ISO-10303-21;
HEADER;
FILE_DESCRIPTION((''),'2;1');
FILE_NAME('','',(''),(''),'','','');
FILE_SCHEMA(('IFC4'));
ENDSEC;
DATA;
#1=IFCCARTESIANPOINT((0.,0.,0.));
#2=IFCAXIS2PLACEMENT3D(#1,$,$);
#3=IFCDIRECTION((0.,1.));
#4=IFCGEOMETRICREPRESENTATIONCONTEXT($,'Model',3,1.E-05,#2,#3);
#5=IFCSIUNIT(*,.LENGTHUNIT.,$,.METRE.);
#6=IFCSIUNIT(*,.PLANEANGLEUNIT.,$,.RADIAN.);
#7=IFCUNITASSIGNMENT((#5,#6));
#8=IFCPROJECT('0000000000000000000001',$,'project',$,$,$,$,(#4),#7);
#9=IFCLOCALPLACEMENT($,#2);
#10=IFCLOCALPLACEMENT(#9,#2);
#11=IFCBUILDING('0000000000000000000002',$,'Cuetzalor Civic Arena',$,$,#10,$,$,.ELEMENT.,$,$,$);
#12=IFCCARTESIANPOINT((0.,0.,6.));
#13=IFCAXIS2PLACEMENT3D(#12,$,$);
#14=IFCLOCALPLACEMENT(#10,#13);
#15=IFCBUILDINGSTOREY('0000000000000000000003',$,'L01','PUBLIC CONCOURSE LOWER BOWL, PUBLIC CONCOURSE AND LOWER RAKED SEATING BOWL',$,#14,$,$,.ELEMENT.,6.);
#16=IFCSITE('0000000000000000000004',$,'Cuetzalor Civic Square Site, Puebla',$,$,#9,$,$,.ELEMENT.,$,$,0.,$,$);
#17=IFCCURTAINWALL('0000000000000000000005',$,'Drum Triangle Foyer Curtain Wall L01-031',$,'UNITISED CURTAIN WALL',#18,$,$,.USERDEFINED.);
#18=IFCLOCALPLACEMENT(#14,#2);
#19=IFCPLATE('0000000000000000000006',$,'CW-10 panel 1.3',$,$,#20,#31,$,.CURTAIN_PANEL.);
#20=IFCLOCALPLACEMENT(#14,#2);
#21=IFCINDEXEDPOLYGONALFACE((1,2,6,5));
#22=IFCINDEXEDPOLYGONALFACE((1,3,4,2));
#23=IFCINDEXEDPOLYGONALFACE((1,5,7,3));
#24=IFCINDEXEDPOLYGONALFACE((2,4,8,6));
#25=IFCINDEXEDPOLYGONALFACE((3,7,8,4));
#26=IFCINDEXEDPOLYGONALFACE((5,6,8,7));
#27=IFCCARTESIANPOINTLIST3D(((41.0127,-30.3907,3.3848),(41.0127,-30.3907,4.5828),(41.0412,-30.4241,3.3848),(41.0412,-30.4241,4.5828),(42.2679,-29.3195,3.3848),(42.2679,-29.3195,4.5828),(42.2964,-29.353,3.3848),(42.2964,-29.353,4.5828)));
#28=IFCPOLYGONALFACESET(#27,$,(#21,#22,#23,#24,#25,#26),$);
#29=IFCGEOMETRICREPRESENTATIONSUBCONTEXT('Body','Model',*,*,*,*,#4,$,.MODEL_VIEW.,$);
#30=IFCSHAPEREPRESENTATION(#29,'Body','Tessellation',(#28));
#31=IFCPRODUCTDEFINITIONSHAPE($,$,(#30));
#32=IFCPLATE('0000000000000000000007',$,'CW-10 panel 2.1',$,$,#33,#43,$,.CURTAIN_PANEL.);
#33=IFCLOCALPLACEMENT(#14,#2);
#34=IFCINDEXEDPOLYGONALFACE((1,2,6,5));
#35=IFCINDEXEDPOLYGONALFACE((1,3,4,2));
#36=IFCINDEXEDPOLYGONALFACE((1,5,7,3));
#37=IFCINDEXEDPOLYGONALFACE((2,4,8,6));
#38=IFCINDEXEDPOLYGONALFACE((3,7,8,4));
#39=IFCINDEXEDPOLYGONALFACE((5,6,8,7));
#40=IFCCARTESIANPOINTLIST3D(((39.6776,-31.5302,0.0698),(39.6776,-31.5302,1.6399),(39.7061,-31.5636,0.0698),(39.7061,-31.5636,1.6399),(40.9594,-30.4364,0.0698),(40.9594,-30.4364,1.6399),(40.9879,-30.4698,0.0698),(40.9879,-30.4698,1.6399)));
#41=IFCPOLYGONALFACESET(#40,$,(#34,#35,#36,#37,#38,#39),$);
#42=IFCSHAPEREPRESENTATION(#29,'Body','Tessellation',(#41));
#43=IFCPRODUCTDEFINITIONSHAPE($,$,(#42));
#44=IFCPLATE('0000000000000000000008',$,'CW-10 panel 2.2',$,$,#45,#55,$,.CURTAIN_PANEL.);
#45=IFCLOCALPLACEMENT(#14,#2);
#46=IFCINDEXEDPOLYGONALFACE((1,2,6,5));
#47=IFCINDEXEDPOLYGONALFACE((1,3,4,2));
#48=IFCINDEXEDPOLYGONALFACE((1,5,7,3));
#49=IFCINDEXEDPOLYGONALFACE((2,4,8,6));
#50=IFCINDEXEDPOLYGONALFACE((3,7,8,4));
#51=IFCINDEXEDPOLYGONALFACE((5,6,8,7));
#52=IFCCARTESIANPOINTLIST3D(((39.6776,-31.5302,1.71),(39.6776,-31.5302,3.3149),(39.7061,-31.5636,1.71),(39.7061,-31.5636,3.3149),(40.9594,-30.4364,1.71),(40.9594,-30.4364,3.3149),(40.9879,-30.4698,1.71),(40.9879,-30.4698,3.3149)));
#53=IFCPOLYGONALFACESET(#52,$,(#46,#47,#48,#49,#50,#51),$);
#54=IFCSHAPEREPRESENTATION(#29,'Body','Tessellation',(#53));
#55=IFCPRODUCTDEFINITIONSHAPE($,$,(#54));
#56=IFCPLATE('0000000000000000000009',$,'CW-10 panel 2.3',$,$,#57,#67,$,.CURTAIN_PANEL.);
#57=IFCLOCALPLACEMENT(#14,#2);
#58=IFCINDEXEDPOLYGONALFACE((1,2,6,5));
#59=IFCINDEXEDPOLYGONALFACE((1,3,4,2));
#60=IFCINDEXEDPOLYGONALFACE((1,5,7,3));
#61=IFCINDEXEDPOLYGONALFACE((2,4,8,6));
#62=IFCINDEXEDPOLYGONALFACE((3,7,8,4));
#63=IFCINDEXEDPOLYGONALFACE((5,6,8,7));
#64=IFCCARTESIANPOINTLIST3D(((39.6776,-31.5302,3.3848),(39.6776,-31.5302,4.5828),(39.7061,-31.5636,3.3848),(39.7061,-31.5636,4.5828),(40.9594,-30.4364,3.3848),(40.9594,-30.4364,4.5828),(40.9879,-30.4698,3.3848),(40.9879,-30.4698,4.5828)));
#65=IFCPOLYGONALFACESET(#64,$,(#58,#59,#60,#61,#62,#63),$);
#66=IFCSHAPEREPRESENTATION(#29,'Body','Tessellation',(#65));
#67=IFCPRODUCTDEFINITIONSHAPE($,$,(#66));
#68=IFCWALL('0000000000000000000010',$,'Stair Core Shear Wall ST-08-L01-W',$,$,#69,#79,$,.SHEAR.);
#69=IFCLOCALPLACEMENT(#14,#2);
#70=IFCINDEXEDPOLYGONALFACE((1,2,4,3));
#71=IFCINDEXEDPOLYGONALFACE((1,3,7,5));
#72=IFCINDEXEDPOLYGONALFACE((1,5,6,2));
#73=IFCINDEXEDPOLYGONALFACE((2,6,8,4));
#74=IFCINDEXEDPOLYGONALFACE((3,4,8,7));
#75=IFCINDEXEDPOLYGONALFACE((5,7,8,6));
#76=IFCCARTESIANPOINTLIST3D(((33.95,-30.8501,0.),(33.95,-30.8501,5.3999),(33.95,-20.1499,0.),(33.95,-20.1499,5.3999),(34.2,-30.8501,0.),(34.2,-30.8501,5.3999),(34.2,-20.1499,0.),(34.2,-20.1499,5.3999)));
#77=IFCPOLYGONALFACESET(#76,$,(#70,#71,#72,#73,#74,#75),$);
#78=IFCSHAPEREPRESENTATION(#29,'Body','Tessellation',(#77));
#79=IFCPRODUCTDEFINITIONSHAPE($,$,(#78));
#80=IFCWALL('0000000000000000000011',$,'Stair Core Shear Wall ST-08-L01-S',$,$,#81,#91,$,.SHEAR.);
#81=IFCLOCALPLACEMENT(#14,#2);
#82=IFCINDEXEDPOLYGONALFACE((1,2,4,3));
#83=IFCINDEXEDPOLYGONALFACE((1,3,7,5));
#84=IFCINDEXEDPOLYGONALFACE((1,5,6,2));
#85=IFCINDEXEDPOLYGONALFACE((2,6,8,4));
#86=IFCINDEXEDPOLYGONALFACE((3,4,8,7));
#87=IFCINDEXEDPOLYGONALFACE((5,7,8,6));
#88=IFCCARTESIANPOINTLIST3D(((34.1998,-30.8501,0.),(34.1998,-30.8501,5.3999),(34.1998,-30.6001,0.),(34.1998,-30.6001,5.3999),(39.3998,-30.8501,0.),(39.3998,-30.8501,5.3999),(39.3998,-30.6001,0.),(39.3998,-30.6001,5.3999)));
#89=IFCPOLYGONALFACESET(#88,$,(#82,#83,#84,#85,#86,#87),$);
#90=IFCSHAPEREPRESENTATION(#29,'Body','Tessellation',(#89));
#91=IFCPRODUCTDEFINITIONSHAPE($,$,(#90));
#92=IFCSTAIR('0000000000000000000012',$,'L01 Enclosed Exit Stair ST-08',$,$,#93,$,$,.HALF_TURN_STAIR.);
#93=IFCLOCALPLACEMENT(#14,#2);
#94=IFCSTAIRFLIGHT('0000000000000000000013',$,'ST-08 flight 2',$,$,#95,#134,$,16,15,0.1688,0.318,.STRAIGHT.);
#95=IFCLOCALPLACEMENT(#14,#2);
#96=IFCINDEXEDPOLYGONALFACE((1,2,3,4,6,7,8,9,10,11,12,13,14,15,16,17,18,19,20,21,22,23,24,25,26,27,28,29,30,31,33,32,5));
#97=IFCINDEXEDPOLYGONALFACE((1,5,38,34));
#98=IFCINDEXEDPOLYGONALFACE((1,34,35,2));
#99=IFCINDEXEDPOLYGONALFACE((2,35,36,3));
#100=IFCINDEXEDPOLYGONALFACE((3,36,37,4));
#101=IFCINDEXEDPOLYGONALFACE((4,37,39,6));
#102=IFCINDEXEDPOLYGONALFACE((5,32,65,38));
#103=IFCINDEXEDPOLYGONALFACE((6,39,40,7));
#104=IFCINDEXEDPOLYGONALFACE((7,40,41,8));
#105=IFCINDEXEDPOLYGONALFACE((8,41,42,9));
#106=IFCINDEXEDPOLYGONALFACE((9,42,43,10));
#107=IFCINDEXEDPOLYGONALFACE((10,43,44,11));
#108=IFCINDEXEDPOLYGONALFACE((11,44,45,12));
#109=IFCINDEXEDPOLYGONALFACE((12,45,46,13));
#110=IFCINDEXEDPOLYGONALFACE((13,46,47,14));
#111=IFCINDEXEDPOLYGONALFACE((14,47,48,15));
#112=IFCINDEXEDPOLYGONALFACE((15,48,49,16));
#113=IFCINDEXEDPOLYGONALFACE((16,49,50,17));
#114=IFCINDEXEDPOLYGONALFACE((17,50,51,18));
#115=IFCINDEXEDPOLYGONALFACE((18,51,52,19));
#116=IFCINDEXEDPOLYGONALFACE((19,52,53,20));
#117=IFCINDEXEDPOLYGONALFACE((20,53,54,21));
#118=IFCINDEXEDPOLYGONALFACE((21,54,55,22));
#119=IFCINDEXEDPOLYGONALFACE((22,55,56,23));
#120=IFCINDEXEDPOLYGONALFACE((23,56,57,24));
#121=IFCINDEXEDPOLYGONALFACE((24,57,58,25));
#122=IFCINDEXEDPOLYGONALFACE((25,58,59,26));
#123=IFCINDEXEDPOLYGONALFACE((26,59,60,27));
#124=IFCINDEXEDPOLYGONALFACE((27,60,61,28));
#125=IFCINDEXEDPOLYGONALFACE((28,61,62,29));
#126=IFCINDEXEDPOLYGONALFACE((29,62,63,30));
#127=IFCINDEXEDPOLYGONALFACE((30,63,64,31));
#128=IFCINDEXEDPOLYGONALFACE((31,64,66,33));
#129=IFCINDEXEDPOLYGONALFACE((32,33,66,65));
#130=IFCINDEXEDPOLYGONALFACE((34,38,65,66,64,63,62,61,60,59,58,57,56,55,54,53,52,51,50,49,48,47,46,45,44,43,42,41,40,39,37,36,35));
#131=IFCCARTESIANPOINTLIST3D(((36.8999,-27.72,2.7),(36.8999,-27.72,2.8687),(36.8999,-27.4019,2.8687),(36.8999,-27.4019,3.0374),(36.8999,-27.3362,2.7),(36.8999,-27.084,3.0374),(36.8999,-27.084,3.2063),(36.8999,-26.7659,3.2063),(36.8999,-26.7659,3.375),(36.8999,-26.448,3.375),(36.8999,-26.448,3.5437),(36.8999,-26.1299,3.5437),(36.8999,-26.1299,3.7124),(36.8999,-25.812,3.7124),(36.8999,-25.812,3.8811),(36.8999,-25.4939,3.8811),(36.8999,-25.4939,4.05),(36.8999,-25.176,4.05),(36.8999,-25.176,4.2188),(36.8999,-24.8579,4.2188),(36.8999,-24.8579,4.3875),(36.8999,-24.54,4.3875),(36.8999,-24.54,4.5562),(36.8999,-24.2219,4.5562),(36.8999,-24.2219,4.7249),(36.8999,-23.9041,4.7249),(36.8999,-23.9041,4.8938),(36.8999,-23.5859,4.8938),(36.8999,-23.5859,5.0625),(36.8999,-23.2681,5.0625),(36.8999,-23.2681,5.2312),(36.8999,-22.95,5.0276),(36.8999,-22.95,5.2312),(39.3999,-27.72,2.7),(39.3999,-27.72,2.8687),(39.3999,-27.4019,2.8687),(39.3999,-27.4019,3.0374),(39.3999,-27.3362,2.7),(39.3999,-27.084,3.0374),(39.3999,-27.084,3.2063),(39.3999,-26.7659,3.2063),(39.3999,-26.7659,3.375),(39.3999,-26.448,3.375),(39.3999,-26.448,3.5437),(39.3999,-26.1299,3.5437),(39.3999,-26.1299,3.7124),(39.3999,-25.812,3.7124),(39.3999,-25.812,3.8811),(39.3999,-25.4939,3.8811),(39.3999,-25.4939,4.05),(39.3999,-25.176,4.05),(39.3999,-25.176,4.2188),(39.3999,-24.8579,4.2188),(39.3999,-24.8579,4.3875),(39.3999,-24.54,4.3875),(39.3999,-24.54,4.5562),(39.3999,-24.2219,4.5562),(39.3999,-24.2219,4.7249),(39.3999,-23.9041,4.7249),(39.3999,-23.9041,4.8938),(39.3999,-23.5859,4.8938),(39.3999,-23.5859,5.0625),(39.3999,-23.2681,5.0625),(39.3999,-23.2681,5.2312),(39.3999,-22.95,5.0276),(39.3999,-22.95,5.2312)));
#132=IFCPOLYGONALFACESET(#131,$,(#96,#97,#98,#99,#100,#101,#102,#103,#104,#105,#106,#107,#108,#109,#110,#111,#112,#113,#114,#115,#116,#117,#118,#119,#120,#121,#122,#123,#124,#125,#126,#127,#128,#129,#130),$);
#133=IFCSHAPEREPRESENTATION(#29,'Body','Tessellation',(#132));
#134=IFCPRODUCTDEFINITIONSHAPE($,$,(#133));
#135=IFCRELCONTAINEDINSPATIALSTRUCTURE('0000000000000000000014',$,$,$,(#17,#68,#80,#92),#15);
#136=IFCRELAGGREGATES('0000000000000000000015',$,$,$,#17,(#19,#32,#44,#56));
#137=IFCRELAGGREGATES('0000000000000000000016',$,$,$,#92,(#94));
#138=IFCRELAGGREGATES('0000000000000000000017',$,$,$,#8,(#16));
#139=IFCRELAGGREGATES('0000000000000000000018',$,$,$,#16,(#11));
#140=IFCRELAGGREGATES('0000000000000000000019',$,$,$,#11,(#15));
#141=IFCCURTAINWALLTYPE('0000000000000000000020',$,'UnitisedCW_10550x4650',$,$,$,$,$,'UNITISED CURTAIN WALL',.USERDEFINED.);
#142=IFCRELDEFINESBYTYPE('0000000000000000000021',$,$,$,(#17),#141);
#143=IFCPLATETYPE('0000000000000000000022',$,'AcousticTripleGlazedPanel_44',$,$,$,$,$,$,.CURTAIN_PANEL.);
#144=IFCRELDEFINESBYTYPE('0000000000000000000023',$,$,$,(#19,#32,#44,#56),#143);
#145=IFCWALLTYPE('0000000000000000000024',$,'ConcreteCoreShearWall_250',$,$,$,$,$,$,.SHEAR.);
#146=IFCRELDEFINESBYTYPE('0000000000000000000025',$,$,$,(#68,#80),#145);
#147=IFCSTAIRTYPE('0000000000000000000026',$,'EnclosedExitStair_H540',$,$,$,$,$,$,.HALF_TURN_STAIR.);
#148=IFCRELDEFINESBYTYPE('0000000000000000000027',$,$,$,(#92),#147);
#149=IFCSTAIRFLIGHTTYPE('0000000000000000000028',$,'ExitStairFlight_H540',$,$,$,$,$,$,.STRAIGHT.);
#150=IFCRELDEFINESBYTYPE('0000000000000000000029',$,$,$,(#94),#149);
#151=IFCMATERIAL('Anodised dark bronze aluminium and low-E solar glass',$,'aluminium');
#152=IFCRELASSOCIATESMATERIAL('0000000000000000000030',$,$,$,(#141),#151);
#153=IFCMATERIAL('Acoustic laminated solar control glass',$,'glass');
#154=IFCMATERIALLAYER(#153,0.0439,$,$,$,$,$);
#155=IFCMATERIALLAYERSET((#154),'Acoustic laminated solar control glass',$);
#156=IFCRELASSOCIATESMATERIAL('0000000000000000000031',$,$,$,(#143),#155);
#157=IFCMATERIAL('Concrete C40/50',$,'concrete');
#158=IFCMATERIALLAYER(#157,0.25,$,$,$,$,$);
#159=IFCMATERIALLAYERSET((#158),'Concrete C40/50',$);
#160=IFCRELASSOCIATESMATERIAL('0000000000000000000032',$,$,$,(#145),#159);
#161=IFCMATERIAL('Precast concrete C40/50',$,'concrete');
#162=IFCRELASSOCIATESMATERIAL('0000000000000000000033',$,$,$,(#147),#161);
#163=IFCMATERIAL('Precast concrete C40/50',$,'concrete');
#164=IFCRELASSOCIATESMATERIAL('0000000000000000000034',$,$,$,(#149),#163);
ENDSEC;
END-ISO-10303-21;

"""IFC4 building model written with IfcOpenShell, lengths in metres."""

from ifc_helpers import new_model, si_unit, direction, frame, frame_2d, origin, origin_2d, place, context, subcontext, project, spatial, polyline, rectangle, outline, extrude, material, layer, layer_set, type_object, element, aggregate, save


model = new_model("IFC4")

# Units and contexts
model_context = context("Model", 3, precision=1e-05, world=origin(), true_north=direction((0.0, 1.0)))
body_context = subcontext(model_context, "Body", "Model", "MODEL_VIEW")
ifc_project = project(units=[si_unit("LENGTHUNIT", "METRE"), si_unit("PLANEANGLEUNIT", "RADIAN")], contexts=[model_context])

# Site, building, storey
site_placement = place(None, origin())
site = spatial("IfcSite", under=ifc_project, at=site_placement, Name="Cuetzalor Civic Square Site, Puebla", CompositionType="ELEMENT", RefElevation=0.0)
building_placement = place(site_placement, origin())
building = spatial("IfcBuilding", under=site, at=building_placement, Name="Cuetzalor Civic Arena", CompositionType="ELEMENT")
storey_placement = place(building_placement, frame((0.0, 0.0, 6.0)))
storey = spatial("IfcBuildingStorey", under=building, at=storey_placement, Name="L01", Description="PUBLIC CONCOURSE LOWER BOWL, PUBLIC CONCOURSE AND LOWER RAKED SEATING BOWL", CompositionType="ELEMENT", Elevation=6.0)

# Curtain wall
ifc_material_1 = material(Name="Anodised dark bronze aluminium and low-E solar glass", Category="aluminium")
curtain_wall_type = type_object("IfcCurtainWallType", Name="UnitisedCW_10550x4650", ElementType="UNITISED CURTAIN WALL", PredefinedType="USERDEFINED", material=ifc_material_1)
curtain_wall_placement = place(storey_placement, origin())
curtain_wall = element("IfcCurtainWall", 1, at=curtain_wall_placement, inside=storey, type_object=curtain_wall_type, Name="Drum Triangle Foyer Curtain Wall L01-031", ObjectType="UNITISED CURTAIN WALL", PredefinedType="USERDEFINED")

# Plates
ifc_material_2 = material(Name="Acoustic laminated solar control glass", Category="glass")
ifc_layer_1 = layer(ifc_material_2, 0.0439)
ifc_layer_set_1 = layer_set([ifc_layer_1], Name="Acoustic laminated solar control glass")
plate_type = type_object("IfcPlateType", Name="AcousticTripleGlazedPanel_44", PredefinedType="CURTAIN_PANEL", material=ifc_layer_set_1)
plate_1_placement = place(storey_placement, frame((41.6545, -29.8718, 3.3848), z_axis=(0.0, 0.0, 1.0), x_axis=(-0.760677, -0.64913, 0.0)))
plate_1 = element("IfcPlate", 2, at=plate_1_placement, type_object=plate_type, Name="CW-10 panel 1.3", PredefinedType="CURTAIN_PANEL", context=body_context, shape_type="SweptSolid", body=[
    extrude(rectangle(XDim=1.6501, YDim=0.0439, at=origin_2d()), origin(), (0.0, 0.0, 1.0), 1.198),
])
plate_2_placement = place(storey_placement, frame((40.3328, -31.0, 0.0698), z_axis=(0.0, 0.0, 1.0), x_axis=(-0.760677, -0.64913, 0.0)))
plate_2 = element("IfcPlate", 3, at=plate_2_placement, type_object=plate_type, Name="CW-10 panel 2.1", PredefinedType="CURTAIN_PANEL", context=body_context, shape_type="SweptSolid", body=[
    extrude(rectangle(XDim=1.6851, YDim=0.0439, at=origin_2d()), origin(), (0.0, 0.0, 1.0), 1.5701),
])
plate_3_placement = place(storey_placement, frame((40.3328, -31.0, 1.71), z_axis=(0.0, 0.0, 1.0), x_axis=(-0.760677, -0.64913, 0.0)))
plate_3 = element("IfcPlate", 4, at=plate_3_placement, type_object=plate_type, Name="CW-10 panel 2.2", PredefinedType="CURTAIN_PANEL", context=body_context, shape_type="SweptSolid", body=[
    extrude(rectangle(XDim=1.6851, YDim=0.0439, at=origin_2d()), origin(), (0.0, 0.0, 1.0), 1.605),
])
plate_4_placement = place(storey_placement, frame((40.3328, -31.0, 3.3848), z_axis=(0.0, 0.0, 1.0), x_axis=(-0.760677, -0.64913, 0.0)))
plate_4 = element("IfcPlate", 5, at=plate_4_placement, type_object=plate_type, Name="CW-10 panel 2.3", PredefinedType="CURTAIN_PANEL", context=body_context, shape_type="SweptSolid", body=[
    extrude(rectangle(XDim=1.6851, YDim=0.0439, at=origin_2d()), origin(), (0.0, 0.0, 1.0), 1.198),
])
aggregate(curtain_wall, [plate_1, plate_2, plate_3, plate_4])

# Walls
ifc_material_3 = material(Name="Concrete C40/50", Category="concrete")
ifc_layer_2 = layer(ifc_material_3, 0.25)
ifc_layer_set_2 = layer_set([ifc_layer_2], Name="Concrete C40/50")
wall_type = type_object("IfcWallType", Name="ConcreteCoreShearWall_250", PredefinedType="SHEAR", material=ifc_layer_set_2)
wall_1_placement = place(storey_placement, frame((34.075, -30.8501, 0.0), z_axis=(0.0, 0.0, 1.0), x_axis=(0.0, 1.0, 0.0)))
element("IfcWall", 6, at=wall_1_placement, inside=storey, type_object=wall_type, Name="Stair Core Shear Wall ST-08-L01-W", PredefinedType="SHEAR", context=body_context, shape_type="SweptSolid", body=[
    extrude(rectangle(XDim=10.7002, YDim=0.25, at=frame_2d((5.3501, 0.0))), origin(), (0.0, 0.0, 1.0), 5.3999),
])
wall_2_placement = place(storey_placement, frame((39.3999, -30.7251, 0.0), z_axis=(0.0, 0.0, 1.0), x_axis=(-1.0, 0.0, 0.0)))
element("IfcWall", 7, at=wall_2_placement, inside=storey, type_object=wall_type, Name="Stair Core Shear Wall ST-08-L01-S", PredefinedType="SHEAR", context=body_context, shape_type="SweptSolid", body=[
    extrude(rectangle(XDim=5.2, YDim=0.25, at=frame_2d((2.6001, 0.0))), origin(), (0.0, 0.0, 1.0), 5.3999),
])

# Stair, stair flight
ifc_material_4 = material(Name="Precast concrete C40/50", Category="concrete")
stair_type = type_object("IfcStairType", Name="EnclosedExitStair_H540", PredefinedType="HALF_TURN_STAIR", material=ifc_material_4)
stair_placement = place(storey_placement, origin())
stair = element("IfcStair", 8, at=stair_placement, inside=storey, type_object=stair_type, Name="L01 Enclosed Exit Stair ST-08", PredefinedType="HALF_TURN_STAIR")
ifc_material_5 = material(Name="Precast concrete C40/50", Category="concrete")
stair_flight_type = type_object("IfcStairFlightType", Name="ExitStairFlight_H540", PredefinedType="STRAIGHT", material=ifc_material_5)
stair_flight_placement = place(storey_placement, frame((38.1499, -27.72, 2.7), z_axis=(0.0, 0.0, 1.0), x_axis=(0.0, 1.0, 0.0)))
stair_flight = element("IfcStairFlight", 9, at=stair_flight_placement, type_object=stair_flight_type, Name="ST-08 flight 2", NumberOfRisers=16, NumberOfTreads=15, PredefinedType="STRAIGHT", RiserHeight=0.1688, TreadLength=0.318, context=body_context, shape_type="SweptSolid", body=[
    extrude(outline(polyline([(0.0, 0.0), (0.0, 0.1687), (0.3181, 0.1687), (0.3181, 0.3374), (0.636, 0.3374), (0.636, 0.5063), (0.9541, 0.5063), (0.9541, 0.675), (1.272, 0.675), (1.272, 0.8438), (1.5901, 0.8438), (1.5901, 1.0125), (1.908, 1.0125), (1.908, 1.1812), (2.2261, 1.1812), (2.2261, 1.3501), (2.5439, 1.3501), (2.5439, 1.5188), (2.8621, 1.5188), (2.8621, 1.6875), (3.1799, 1.6875), (3.1799, 1.8562), (3.498, 1.8562), (3.498, 2.0249), (3.8159, 2.0249), (3.8159, 2.1938), (4.134, 2.1938), (4.134, 2.3625), (4.4519, 2.3625), (4.4519, 2.5312), (4.77, 2.5312), (4.77, 2.7), (4.77, 2.3276), (0.3838, 0.0), (0.0, 0.0)])), frame((0.0, 1.25, 0.0), z_axis=(0.0, -1.0, 0.0), x_axis=(1.0, 0.0, 0.0)), (0.0, 0.0, 1.0), 2.5),
])
aggregate(stair, [stair_flight])

save(model, "model.ifc")
